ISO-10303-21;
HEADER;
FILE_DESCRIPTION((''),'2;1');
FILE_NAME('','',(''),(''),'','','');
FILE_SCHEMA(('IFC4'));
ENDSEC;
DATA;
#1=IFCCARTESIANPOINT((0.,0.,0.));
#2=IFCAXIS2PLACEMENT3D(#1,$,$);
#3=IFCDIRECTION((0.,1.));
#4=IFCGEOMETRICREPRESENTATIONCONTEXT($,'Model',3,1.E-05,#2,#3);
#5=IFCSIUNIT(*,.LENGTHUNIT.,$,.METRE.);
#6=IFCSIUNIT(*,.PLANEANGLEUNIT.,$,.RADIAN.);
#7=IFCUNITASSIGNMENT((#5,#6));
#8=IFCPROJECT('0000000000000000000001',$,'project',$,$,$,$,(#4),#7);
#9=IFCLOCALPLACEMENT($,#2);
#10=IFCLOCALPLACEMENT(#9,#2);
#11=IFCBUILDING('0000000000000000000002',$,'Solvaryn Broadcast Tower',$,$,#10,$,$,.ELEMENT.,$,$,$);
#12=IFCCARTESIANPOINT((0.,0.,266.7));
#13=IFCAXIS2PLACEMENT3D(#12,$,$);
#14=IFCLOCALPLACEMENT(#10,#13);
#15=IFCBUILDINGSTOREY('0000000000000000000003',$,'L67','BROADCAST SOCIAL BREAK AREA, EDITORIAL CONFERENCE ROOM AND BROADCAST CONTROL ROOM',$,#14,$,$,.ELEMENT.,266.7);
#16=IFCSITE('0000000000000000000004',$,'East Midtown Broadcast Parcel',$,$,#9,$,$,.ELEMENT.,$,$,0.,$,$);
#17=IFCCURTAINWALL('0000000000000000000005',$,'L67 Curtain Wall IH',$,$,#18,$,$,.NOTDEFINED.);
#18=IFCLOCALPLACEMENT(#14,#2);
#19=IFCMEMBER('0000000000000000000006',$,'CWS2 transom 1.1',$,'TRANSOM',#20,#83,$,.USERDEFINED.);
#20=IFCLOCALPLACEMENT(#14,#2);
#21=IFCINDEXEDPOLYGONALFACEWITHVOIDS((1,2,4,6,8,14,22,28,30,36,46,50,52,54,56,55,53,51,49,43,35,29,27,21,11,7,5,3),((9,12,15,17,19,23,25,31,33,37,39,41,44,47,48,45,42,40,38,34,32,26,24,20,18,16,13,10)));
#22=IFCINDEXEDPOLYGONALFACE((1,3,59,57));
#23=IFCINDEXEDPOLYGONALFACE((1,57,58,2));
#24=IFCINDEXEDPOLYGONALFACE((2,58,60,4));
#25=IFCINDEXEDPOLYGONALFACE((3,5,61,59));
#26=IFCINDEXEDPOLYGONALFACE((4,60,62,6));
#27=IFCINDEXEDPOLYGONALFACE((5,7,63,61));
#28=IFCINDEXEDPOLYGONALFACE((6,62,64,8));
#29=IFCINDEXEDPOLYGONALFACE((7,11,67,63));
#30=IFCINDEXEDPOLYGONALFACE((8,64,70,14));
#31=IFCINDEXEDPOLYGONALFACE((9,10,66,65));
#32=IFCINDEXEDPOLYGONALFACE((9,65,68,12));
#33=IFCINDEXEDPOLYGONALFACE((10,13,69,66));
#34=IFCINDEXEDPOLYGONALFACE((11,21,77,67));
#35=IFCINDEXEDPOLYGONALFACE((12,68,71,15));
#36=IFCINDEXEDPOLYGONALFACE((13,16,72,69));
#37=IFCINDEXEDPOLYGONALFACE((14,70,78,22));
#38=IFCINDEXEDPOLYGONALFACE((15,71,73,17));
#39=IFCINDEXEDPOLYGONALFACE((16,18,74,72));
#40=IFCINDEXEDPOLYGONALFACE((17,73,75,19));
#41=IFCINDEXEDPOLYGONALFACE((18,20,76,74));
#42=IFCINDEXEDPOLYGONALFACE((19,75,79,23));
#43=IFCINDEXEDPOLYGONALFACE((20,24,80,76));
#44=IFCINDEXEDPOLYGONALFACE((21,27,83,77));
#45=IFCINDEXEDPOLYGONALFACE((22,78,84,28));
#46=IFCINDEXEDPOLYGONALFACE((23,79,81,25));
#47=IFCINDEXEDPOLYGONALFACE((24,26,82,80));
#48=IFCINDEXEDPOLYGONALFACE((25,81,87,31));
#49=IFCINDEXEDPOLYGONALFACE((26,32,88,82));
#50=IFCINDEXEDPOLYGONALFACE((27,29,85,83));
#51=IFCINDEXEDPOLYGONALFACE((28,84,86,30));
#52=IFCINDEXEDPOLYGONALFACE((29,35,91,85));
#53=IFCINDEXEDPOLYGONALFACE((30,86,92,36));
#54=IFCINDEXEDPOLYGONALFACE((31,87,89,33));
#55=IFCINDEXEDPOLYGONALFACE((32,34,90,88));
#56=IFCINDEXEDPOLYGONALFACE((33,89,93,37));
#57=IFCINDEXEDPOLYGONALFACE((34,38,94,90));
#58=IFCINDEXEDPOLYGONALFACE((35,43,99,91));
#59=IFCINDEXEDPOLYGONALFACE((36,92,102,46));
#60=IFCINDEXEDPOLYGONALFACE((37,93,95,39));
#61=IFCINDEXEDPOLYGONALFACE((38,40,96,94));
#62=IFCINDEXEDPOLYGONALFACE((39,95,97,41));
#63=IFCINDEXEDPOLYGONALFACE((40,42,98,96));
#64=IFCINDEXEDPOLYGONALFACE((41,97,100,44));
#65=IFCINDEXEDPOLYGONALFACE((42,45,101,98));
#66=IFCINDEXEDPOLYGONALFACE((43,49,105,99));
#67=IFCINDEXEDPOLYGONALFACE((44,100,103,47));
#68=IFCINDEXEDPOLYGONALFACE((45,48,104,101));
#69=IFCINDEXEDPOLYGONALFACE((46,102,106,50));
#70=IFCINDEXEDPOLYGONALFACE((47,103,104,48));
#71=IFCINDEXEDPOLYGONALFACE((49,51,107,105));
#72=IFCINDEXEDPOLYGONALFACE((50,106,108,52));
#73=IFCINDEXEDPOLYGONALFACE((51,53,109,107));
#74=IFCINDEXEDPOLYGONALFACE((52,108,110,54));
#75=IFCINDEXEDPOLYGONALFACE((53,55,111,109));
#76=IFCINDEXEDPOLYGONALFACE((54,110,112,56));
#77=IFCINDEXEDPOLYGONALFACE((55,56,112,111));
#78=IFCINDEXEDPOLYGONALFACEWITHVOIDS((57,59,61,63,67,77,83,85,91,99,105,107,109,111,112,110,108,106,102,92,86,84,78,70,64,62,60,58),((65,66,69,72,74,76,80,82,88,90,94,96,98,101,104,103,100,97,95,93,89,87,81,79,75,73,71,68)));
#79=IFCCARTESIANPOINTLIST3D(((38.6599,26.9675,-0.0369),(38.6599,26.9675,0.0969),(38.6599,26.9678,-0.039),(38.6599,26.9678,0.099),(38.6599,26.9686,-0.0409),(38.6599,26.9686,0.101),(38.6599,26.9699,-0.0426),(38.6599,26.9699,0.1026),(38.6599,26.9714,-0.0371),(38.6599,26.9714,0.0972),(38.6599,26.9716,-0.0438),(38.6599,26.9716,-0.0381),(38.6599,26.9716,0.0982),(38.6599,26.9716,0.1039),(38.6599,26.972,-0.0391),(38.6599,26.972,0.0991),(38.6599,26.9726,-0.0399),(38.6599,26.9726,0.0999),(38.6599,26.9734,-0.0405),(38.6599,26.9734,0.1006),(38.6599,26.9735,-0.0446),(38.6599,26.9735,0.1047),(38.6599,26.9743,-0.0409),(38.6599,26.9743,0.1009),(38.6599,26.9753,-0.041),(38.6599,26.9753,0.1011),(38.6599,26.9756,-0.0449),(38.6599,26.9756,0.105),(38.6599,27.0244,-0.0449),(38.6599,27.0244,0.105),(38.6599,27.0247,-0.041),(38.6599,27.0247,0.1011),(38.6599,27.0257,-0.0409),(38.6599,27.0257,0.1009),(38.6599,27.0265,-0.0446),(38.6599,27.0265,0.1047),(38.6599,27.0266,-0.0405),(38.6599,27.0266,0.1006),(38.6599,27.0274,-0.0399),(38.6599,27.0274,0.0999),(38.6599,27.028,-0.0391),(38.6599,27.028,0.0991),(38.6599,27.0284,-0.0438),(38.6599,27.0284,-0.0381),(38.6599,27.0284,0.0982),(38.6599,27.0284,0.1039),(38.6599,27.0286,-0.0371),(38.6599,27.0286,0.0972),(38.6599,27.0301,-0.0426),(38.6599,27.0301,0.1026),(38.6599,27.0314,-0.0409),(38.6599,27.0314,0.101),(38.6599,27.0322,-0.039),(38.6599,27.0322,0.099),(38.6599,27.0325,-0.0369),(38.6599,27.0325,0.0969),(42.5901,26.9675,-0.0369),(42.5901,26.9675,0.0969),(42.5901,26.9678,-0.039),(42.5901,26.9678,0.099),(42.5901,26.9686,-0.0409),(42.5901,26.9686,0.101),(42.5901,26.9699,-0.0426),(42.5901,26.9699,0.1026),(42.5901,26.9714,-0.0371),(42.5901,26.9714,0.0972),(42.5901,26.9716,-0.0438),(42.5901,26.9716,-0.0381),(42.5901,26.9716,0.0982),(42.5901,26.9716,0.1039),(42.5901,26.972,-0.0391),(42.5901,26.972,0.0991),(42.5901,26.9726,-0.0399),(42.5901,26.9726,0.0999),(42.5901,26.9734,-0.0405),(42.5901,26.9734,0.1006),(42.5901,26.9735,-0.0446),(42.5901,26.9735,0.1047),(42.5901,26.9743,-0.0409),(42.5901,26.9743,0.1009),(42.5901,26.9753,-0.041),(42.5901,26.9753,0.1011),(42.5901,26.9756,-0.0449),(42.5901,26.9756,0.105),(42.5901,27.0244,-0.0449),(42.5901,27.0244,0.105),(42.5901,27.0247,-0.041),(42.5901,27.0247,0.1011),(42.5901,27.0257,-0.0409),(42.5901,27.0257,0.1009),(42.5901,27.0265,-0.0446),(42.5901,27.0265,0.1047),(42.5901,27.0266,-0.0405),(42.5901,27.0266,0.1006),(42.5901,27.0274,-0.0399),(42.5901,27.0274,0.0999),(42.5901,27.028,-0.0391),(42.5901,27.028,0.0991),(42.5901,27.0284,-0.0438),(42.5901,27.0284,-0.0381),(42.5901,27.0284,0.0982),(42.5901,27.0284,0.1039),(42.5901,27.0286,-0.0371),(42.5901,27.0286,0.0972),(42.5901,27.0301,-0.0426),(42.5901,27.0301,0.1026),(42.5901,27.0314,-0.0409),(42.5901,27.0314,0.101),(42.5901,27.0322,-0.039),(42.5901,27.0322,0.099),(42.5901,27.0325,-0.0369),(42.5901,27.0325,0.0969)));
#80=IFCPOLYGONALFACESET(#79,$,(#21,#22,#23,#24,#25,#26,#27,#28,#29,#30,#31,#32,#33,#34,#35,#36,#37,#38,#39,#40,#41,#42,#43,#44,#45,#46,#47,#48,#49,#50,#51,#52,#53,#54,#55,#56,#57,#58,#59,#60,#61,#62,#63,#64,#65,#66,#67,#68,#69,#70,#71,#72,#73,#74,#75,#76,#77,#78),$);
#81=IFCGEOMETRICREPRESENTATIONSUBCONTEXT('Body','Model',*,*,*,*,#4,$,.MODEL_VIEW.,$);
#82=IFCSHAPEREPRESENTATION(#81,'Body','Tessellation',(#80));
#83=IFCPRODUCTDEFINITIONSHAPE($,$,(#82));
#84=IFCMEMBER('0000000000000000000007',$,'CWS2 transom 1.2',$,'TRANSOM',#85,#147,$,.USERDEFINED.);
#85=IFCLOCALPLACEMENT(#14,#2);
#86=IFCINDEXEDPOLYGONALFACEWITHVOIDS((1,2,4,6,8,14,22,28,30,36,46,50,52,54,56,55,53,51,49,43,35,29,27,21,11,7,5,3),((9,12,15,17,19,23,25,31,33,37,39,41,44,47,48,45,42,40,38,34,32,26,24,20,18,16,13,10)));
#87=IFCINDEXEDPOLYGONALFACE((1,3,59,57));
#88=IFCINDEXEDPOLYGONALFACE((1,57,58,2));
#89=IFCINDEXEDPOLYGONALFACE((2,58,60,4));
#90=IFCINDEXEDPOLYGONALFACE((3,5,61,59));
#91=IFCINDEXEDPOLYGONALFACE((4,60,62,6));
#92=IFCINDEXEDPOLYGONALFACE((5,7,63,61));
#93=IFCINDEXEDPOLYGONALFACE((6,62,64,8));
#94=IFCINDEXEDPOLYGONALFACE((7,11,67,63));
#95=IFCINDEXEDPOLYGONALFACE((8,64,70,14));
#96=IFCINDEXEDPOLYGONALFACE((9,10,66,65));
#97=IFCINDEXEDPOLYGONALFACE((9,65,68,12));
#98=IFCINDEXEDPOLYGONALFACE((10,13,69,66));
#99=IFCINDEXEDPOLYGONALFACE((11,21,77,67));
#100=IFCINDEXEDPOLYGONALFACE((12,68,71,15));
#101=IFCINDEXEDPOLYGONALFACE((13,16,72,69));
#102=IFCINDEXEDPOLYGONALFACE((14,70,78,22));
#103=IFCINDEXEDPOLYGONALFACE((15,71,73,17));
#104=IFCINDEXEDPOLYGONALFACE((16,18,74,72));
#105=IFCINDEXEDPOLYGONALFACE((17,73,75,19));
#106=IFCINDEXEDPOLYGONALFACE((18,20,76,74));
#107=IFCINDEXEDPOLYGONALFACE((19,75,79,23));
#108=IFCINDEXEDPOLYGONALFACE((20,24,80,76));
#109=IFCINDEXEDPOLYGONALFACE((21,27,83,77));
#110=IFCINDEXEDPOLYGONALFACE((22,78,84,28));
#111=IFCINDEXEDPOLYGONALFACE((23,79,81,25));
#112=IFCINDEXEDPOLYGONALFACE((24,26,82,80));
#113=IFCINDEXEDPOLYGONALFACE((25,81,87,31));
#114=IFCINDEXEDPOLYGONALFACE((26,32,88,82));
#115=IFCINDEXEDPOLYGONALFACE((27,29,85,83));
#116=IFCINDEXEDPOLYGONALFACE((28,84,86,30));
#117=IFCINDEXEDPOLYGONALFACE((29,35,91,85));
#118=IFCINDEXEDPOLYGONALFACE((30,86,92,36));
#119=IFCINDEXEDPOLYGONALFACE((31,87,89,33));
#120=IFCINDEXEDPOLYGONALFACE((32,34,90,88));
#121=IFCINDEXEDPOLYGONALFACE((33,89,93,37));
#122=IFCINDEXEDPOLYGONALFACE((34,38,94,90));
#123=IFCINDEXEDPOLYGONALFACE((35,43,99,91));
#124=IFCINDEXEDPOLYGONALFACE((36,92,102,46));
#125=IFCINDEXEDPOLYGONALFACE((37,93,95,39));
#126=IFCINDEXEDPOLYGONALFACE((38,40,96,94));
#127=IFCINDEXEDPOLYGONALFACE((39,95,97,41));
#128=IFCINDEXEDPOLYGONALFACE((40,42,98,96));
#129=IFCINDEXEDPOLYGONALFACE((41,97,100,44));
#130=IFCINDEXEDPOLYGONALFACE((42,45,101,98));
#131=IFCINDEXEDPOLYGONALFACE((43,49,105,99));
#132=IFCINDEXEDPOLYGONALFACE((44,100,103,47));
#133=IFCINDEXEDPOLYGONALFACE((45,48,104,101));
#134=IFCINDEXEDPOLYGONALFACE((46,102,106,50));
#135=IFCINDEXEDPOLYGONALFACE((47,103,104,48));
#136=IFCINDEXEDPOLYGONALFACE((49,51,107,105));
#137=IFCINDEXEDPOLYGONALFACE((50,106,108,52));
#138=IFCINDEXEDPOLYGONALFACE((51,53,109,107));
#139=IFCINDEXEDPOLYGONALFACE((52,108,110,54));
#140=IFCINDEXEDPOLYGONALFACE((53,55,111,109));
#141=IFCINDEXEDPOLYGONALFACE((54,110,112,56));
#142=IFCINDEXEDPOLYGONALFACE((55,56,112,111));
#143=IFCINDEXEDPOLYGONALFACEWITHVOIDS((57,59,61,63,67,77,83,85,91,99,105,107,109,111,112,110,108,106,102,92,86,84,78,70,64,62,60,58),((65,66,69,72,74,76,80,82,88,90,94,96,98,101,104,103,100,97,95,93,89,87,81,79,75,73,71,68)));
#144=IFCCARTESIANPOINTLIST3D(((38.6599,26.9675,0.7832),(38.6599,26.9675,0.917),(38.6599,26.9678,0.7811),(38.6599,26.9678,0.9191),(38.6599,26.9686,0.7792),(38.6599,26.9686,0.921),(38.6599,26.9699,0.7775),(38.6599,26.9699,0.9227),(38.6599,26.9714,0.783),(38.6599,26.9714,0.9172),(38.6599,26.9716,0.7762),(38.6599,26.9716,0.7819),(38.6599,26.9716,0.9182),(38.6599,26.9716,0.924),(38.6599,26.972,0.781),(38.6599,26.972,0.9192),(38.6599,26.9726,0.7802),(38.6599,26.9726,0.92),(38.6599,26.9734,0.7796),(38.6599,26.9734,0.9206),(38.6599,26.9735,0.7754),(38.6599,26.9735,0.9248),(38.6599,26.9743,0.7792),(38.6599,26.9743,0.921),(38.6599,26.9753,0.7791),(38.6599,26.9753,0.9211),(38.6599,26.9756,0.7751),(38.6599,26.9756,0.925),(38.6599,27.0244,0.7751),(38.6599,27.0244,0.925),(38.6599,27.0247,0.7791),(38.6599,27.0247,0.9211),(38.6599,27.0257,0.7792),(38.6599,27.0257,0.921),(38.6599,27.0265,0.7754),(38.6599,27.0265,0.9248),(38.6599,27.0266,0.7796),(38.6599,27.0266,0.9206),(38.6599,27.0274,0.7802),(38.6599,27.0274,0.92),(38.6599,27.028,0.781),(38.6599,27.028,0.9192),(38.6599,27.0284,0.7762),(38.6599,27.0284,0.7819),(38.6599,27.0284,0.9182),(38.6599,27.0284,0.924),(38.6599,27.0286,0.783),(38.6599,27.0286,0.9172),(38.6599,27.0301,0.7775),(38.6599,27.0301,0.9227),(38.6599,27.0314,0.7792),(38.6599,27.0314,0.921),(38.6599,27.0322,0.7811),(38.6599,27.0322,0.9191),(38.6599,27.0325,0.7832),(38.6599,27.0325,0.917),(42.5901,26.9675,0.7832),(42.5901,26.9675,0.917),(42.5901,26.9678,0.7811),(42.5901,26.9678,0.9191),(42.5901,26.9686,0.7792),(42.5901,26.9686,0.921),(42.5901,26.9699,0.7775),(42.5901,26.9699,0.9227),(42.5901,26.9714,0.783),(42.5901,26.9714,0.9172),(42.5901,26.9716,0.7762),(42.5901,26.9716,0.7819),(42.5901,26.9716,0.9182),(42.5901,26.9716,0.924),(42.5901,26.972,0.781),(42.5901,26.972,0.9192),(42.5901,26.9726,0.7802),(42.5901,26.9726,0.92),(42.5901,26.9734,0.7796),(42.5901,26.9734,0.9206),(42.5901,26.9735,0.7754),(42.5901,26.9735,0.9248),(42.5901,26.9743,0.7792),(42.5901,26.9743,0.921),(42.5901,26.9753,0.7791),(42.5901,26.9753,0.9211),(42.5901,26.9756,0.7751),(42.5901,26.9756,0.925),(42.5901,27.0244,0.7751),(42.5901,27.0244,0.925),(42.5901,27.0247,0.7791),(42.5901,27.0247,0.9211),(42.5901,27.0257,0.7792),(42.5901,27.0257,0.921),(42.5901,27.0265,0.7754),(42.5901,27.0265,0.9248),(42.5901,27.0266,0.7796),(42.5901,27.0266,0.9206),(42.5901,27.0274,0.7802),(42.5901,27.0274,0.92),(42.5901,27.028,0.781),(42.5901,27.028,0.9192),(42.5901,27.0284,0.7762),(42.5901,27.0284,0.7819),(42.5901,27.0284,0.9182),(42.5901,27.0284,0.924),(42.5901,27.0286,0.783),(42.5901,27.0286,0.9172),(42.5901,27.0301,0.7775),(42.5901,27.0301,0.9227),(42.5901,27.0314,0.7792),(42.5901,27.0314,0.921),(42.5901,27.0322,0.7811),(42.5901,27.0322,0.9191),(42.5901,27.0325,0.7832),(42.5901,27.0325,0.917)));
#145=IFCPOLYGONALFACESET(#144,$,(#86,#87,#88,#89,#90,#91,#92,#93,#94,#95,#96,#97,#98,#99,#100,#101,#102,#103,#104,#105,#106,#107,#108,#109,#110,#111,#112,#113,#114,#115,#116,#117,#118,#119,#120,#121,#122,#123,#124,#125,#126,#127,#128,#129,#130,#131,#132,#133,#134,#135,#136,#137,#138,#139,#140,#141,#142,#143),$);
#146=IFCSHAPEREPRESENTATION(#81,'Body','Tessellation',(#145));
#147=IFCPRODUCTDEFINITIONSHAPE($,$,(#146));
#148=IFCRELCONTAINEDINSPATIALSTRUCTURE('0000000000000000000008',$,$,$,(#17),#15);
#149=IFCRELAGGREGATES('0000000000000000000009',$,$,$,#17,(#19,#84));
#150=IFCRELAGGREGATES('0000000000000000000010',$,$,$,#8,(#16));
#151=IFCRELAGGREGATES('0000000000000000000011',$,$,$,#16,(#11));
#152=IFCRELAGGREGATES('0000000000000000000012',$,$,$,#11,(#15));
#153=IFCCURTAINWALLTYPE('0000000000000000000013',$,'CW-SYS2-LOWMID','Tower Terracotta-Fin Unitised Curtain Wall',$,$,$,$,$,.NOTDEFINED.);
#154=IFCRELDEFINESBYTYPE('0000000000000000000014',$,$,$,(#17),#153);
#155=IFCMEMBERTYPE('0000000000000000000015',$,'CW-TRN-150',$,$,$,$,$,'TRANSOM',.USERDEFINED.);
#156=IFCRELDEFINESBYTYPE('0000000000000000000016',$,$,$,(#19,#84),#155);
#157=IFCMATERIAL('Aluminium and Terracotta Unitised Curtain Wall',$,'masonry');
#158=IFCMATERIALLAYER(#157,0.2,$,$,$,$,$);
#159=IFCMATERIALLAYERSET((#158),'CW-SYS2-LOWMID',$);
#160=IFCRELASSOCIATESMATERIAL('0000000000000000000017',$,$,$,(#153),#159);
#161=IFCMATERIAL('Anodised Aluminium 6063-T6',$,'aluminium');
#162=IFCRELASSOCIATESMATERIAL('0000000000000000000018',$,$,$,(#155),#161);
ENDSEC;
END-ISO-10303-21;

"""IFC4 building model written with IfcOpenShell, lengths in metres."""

from ifc_helpers import new_model, si_unit, direction, frame, origin, origin_2d, place, context, subcontext, project, spatial, hollow_rectangle, extrude, material, layer, layer_set, material_profile, profile_set, type_object, element, aggregate, save


model = new_model("IFC4")

# Units and contexts
model_context = context("Model", 3, precision=1e-05, world=origin(), true_north=direction((0.0, 1.0)))
body_context = subcontext(model_context, "Body", "Model", "MODEL_VIEW")
ifc_project = project(units=[si_unit("LENGTHUNIT", "METRE"), si_unit("PLANEANGLEUNIT", "RADIAN")], contexts=[model_context])

# Site, building, storey
site_placement = place(None, origin())
site = spatial("IfcSite", under=ifc_project, at=site_placement, Name="East Midtown Broadcast Parcel", CompositionType="ELEMENT", RefElevation=0.0)
building_placement = place(site_placement, origin())
building = spatial("IfcBuilding", under=site, at=building_placement, Name="Solvaryn Broadcast Tower", CompositionType="ELEMENT")
storey_placement = place(building_placement, frame((0.0, 0.0, 266.7)))
storey = spatial("IfcBuildingStorey", under=building, at=storey_placement, Name="L67", Description="BROADCAST SOCIAL BREAK AREA, EDITORIAL CONFERENCE ROOM AND BROADCAST CONTROL ROOM", CompositionType="ELEMENT", Elevation=266.7)

# Shared definitions
ifc_material_1 = material(Name="Aluminium and Terracotta Unitised Curtain Wall", Category="masonry")
ifc_layer_1 = layer(ifc_material_1, 0.2)
ifc_layer_set_1 = layer_set([ifc_layer_1], Name="CW-SYS2-LOWMID")
curtain_wall_type = type_object("IfcCurtainWallType", Name="CW-SYS2-LOWMID", Description="Tower Terracotta-Fin Unitised Curtain Wall", PredefinedType="NOTDEFINED", material=ifc_layer_set_1)

# Curtain wall
curtain_wall_1_placement = place(storey_placement, origin())
curtain_wall_1 = element("IfcCurtainWall", 1, at=curtain_wall_1_placement, inside=storey, type_object=curtain_wall_type, Name="L67 Curtain Wall IH", PredefinedType="NOTDEFINED")

# Members
ifc_material_2 = material(Name="Anodised Aluminium 6063-T6", Category="aluminium")
ifc_material_profile_1 = material_profile(ifc_material_2, hollow_rectangle(XDim=0.0649, YDim=0.1499, WallThickness=0.0039, InnerFilletRadius=0.0039, OuterFilletRadius=0.0081, at=origin_2d()))
ifc_profile_set_1 = profile_set([ifc_material_profile_1], Name="Anodised Aluminium 6063-T6")
member_type_1 = type_object("IfcMemberType", Name="CW-TRN-150", ElementType="TRANSOM", PredefinedType="USERDEFINED", material=ifc_profile_set_1)
member_1_placement = place(storey_placement, frame((38.6599, 27.0, 0.03), z_axis=(1.0, 0.0, 0.0), x_axis=(0.0, 1.0, 0.0)))
member_1 = element("IfcMember", 2, at=member_1_placement, type_object=member_type_1, Name="CWS2 transom 1.1", ObjectType="TRANSOM", PredefinedType="USERDEFINED", context=body_context, shape_type="SweptSolid", body=[
    extrude(hollow_rectangle(XDim=0.0649, YDim=0.1499, WallThickness=0.0039, InnerFilletRadius=0.0039, OuterFilletRadius=0.0081, at=origin_2d()), origin(), (0.0, 0.0, 1.0), 3.9302),
])
member_2_placement = place(storey_placement, frame((38.6599, 27.0, 0.8501), z_axis=(1.0, 0.0, 0.0), x_axis=(0.0, 1.0, 0.0)))
member_2 = element("IfcMember", 3, at=member_2_placement, type_object=member_type_1, Name="CWS2 transom 1.2", ObjectType="TRANSOM", PredefinedType="USERDEFINED", context=body_context, shape_type="SweptSolid", body=[
    extrude(hollow_rectangle(XDim=0.0649, YDim=0.1499, WallThickness=0.0039, InnerFilletRadius=0.0039, OuterFilletRadius=0.0081, at=origin_2d()), origin(), (0.0, 0.0, 1.0), 3.9302),
])

aggregate(curtain_wall_1, [member_1, member_2])

save(model, "model.ifc")
